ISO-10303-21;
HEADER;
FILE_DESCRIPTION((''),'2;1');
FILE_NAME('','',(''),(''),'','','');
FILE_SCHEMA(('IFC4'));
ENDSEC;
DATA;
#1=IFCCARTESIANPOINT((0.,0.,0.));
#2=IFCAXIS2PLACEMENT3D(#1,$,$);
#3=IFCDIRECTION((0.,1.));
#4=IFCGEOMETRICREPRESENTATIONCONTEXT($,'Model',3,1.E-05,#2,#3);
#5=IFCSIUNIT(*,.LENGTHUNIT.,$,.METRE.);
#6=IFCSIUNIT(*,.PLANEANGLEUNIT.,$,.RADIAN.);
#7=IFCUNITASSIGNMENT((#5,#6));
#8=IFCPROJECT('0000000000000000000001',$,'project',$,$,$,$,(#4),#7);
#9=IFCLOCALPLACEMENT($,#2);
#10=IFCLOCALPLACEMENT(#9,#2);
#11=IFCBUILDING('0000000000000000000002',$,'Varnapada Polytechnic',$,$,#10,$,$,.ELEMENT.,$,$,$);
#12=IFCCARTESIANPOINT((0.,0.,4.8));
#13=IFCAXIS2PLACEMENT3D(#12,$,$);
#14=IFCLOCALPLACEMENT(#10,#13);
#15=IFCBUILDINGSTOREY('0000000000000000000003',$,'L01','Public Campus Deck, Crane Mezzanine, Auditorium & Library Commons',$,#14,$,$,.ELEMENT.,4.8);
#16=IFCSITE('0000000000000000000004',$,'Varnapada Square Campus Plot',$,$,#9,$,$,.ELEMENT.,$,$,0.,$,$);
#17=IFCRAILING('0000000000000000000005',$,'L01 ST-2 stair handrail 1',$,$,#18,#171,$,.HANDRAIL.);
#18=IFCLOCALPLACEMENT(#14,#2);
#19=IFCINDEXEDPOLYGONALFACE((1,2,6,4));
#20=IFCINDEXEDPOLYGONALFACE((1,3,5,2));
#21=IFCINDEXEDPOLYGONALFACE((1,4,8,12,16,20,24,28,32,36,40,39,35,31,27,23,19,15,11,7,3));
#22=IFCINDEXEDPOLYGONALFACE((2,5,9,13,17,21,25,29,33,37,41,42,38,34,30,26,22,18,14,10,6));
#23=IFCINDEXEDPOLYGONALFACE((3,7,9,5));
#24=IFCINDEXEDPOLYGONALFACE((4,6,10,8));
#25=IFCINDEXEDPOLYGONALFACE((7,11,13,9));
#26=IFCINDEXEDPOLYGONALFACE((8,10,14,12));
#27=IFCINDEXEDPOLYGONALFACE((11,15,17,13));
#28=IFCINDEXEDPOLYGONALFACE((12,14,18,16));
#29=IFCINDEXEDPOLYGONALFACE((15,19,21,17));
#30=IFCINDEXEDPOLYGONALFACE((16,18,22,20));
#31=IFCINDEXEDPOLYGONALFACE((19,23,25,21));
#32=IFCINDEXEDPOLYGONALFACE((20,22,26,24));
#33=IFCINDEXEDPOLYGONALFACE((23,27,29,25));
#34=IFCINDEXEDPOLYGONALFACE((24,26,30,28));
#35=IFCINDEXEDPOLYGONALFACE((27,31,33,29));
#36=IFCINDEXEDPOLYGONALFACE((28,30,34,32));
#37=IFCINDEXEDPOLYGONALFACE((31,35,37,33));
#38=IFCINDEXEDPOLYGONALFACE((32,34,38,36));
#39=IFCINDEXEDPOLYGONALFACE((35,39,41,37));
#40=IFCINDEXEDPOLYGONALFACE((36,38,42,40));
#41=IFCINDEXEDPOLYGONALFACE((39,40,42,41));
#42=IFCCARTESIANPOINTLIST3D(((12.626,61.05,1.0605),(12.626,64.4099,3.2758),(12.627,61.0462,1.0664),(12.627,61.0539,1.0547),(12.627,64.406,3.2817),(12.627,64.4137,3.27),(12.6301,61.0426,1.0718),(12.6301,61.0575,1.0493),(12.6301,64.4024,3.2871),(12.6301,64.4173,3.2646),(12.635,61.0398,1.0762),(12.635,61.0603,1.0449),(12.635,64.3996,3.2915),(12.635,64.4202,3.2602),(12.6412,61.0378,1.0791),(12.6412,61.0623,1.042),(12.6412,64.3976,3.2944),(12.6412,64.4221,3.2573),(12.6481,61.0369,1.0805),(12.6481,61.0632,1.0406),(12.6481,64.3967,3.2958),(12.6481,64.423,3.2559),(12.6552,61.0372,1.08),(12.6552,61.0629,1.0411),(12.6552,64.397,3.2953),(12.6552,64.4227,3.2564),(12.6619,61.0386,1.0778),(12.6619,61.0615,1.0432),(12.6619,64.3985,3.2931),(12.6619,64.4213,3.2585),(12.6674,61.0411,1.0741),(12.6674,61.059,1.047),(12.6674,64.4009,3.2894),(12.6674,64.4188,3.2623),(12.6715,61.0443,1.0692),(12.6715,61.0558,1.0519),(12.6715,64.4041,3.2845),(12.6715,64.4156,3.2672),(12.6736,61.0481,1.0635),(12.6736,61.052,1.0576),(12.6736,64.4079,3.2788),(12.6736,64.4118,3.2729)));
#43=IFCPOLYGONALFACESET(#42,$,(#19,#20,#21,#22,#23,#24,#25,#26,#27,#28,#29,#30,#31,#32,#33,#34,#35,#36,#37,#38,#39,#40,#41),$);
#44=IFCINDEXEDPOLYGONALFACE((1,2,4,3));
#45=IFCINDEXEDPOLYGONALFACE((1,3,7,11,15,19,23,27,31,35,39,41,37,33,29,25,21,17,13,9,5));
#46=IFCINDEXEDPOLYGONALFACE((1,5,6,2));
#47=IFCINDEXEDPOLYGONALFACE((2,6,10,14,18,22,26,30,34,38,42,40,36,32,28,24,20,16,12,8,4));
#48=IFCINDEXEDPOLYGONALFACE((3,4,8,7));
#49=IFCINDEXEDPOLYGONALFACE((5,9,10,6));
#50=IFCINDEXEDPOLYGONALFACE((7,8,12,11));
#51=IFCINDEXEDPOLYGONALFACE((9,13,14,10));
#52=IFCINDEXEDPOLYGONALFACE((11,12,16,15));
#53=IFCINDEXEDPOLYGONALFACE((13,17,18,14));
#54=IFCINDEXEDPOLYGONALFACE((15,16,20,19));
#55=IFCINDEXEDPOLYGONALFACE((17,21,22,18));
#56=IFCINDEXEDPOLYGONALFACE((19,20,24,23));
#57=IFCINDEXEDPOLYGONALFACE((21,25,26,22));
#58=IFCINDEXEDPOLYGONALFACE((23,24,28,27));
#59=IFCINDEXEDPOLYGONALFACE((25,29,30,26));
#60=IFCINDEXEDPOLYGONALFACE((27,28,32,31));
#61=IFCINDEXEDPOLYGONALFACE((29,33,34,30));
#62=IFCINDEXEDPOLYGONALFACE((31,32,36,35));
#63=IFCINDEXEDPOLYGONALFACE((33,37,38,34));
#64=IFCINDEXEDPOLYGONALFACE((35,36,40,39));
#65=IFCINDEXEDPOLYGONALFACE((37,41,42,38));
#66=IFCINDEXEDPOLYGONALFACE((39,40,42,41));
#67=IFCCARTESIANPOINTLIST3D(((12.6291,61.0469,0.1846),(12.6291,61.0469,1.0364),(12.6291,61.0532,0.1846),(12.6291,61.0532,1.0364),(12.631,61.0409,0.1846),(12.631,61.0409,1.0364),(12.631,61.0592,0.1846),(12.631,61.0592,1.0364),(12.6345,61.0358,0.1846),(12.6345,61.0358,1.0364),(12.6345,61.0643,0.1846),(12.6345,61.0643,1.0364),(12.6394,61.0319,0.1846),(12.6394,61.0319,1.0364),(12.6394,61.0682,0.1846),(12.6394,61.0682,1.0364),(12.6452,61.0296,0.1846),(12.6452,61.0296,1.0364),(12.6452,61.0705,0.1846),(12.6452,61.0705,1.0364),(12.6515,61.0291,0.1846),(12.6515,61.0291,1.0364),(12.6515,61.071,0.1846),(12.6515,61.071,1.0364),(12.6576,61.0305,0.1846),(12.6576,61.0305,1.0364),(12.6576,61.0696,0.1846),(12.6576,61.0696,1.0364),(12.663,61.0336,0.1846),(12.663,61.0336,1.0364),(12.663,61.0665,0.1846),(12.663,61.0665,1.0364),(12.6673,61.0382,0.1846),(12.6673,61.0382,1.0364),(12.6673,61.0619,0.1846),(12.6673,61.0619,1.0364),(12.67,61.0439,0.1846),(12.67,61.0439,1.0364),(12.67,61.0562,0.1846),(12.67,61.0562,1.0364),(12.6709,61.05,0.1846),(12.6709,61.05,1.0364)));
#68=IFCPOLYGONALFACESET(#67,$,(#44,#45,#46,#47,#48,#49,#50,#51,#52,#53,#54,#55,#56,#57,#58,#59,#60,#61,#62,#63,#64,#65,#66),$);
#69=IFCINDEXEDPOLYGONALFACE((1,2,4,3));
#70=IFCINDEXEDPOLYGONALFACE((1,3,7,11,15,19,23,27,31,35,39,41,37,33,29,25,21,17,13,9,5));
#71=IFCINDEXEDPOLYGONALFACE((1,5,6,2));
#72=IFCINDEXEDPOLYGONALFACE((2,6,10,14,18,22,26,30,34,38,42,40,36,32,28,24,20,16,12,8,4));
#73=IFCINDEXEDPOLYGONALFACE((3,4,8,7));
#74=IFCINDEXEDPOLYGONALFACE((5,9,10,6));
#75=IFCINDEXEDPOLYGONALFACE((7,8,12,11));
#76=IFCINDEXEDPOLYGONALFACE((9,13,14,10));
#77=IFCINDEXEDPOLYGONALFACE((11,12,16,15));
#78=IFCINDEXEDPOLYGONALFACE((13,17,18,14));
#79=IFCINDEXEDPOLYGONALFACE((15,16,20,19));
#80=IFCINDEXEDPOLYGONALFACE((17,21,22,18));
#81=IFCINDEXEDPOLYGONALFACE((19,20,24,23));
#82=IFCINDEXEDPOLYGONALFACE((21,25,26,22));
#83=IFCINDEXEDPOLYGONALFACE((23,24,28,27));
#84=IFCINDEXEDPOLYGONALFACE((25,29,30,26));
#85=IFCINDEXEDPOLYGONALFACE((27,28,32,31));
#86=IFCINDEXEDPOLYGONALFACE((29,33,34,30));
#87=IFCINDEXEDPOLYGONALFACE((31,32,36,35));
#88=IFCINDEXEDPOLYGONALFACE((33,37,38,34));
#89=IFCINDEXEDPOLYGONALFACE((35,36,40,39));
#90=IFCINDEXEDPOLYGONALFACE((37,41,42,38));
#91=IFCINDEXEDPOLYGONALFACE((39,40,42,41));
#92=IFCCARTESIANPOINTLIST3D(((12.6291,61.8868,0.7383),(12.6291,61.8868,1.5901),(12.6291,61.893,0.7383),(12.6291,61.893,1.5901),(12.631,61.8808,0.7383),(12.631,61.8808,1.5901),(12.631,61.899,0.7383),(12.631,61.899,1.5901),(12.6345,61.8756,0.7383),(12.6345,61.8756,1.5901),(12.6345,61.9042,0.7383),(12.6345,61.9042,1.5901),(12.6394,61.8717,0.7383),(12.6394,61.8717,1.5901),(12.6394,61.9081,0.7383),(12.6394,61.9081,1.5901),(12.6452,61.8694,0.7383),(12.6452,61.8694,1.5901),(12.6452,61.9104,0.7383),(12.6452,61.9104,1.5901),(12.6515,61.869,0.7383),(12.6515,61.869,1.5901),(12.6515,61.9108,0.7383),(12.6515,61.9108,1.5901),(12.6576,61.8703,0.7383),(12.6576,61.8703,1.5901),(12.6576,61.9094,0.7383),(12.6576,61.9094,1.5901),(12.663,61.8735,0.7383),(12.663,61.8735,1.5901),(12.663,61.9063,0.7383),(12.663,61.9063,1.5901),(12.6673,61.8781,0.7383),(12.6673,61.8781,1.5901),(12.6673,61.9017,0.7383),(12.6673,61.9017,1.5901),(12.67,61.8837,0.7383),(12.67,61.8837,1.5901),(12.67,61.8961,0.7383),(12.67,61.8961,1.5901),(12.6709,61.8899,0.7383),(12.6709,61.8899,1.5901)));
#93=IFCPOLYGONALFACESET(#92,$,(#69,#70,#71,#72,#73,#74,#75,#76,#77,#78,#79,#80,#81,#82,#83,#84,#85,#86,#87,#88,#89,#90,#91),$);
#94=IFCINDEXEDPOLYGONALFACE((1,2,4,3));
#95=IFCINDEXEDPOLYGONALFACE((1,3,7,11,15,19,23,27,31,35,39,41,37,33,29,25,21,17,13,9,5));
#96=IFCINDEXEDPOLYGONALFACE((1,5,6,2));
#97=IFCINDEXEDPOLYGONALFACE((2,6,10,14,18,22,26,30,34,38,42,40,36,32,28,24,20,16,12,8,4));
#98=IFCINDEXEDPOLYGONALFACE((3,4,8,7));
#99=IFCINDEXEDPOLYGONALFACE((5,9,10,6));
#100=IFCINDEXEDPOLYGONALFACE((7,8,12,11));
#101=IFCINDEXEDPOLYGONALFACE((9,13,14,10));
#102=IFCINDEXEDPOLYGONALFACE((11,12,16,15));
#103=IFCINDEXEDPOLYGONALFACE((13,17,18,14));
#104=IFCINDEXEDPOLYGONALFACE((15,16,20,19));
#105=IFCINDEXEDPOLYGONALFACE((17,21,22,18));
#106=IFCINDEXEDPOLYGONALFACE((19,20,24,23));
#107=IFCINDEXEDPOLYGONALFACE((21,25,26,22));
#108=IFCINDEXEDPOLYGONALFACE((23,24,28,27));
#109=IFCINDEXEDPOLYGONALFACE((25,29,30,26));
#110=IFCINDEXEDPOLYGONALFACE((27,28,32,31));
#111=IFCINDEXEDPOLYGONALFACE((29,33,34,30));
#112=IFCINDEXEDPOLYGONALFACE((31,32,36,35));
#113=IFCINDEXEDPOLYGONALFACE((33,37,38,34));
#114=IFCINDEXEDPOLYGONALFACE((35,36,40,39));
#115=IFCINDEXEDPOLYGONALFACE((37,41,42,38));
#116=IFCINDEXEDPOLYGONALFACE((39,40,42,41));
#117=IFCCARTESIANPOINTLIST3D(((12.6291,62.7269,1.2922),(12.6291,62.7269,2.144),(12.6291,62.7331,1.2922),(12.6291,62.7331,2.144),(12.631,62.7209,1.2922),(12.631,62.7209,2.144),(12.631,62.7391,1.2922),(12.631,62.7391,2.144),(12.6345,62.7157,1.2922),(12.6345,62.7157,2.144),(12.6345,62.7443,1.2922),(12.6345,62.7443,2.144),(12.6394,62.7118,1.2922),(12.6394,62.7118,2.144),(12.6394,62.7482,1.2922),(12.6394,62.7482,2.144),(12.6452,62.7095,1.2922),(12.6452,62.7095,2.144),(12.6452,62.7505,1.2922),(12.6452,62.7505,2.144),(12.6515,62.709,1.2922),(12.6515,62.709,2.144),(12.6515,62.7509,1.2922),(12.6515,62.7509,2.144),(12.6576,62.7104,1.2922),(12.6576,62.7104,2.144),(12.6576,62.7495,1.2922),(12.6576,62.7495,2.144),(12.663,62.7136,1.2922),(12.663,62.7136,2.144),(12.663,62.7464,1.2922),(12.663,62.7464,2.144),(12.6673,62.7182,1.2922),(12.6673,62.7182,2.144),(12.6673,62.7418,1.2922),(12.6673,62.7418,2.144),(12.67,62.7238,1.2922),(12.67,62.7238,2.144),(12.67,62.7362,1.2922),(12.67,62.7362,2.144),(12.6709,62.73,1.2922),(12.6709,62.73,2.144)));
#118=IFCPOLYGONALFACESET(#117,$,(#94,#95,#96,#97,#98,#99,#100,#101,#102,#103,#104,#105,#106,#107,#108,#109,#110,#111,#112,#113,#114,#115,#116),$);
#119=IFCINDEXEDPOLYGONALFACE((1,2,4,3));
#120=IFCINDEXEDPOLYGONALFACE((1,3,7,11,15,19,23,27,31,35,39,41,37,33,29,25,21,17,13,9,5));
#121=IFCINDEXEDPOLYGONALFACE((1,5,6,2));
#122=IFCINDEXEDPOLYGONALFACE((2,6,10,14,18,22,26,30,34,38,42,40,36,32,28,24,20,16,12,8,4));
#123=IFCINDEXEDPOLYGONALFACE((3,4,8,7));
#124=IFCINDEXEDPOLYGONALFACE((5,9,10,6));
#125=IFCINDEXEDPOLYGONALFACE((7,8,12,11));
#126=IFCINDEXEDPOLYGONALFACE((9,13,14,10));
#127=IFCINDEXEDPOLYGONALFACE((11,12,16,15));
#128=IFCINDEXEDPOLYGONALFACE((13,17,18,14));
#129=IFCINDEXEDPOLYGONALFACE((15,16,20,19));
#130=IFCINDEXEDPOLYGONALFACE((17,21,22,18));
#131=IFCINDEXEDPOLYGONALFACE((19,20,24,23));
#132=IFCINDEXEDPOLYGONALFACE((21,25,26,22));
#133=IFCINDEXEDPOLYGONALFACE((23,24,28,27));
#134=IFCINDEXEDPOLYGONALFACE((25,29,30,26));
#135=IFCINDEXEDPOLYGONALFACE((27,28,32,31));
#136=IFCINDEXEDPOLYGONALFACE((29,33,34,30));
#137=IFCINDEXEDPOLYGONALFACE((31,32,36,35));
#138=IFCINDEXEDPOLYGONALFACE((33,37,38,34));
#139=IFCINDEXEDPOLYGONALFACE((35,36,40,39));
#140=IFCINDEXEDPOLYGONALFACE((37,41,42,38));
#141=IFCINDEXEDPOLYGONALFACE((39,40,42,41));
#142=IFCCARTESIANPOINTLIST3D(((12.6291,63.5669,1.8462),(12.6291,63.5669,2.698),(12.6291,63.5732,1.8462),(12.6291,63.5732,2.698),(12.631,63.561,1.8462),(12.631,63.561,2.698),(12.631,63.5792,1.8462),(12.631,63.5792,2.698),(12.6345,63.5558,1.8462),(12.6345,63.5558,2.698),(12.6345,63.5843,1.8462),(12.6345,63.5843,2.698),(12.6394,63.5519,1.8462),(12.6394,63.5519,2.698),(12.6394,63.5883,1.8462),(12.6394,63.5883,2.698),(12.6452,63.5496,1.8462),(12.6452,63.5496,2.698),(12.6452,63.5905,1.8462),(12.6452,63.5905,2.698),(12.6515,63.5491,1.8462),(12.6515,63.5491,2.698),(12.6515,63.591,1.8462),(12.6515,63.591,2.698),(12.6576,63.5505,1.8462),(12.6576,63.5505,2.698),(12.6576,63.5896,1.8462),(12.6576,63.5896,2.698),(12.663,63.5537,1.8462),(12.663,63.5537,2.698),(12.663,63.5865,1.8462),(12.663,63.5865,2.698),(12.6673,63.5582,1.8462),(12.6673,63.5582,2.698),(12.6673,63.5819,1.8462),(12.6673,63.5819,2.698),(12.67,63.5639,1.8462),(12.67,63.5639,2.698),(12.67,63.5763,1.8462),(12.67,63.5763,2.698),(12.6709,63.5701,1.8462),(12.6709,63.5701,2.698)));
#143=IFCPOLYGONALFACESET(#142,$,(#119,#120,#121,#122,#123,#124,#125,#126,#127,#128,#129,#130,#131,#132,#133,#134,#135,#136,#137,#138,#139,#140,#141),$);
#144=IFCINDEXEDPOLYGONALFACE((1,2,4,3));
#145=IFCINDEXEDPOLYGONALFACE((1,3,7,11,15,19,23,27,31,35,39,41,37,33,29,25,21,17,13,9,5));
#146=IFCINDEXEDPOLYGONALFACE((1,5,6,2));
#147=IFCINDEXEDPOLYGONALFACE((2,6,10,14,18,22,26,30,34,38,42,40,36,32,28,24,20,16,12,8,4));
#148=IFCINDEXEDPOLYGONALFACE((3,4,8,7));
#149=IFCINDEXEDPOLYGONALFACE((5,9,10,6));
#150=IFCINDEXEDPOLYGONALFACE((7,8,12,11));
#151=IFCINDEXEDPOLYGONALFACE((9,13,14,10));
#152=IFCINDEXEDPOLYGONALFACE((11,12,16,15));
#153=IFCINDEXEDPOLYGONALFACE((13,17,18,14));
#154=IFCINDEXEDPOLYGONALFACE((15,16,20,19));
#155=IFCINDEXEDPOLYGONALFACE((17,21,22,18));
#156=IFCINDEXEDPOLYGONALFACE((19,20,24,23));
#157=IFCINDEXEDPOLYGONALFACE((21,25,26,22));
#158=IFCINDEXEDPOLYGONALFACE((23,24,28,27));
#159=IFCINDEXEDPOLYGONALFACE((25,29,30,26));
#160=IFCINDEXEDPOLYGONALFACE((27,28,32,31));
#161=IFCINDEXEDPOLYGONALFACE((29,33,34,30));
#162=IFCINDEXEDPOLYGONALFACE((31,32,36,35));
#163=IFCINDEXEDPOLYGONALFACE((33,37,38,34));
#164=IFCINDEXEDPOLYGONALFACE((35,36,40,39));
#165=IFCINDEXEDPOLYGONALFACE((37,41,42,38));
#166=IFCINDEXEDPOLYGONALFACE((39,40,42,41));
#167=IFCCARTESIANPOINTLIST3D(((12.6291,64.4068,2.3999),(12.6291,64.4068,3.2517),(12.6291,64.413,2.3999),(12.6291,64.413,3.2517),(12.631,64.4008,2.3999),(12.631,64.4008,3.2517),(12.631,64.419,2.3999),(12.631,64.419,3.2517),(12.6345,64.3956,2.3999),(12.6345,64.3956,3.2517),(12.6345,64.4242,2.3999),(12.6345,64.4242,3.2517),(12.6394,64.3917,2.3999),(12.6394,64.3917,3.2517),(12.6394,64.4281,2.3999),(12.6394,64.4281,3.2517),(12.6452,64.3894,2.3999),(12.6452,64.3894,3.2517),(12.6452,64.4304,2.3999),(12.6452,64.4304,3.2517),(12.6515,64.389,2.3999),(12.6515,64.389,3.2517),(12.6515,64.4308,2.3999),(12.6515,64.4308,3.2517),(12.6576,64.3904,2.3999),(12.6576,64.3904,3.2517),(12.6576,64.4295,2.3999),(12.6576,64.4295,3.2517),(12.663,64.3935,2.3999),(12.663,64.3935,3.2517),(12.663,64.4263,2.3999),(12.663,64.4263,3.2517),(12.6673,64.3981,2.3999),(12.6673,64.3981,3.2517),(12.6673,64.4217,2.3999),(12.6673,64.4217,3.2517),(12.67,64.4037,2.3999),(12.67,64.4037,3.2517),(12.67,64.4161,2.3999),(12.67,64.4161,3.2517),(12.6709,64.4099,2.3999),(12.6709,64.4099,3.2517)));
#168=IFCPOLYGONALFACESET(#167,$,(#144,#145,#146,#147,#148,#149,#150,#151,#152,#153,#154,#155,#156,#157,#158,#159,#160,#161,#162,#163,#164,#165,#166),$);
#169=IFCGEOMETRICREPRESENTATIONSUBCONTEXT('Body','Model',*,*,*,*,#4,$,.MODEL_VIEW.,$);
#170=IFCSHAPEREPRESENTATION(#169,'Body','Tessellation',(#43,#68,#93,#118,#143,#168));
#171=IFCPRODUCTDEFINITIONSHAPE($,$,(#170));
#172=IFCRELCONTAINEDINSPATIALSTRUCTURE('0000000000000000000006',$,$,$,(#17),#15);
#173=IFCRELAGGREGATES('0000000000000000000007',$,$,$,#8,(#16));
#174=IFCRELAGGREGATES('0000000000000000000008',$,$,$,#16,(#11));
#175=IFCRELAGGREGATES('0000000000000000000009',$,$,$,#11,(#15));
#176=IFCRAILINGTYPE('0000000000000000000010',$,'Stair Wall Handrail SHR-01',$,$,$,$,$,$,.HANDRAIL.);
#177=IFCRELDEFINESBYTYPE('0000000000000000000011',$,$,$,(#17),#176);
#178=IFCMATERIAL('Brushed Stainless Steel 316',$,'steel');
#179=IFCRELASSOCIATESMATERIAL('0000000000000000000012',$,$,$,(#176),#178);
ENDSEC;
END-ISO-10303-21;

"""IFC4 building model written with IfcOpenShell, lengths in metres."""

from ifc_helpers import new_model, si_unit, direction, frame, origin, origin_2d, place, context, subcontext, project, spatial, circle, extrude, material, type_object, element, save


model = new_model("IFC4")

# Units and contexts
model_context = context("Model", 3, precision=1e-05, world=origin(), true_north=direction((0.0, 1.0)))
body_context = subcontext(model_context, "Body", "Model", "MODEL_VIEW")
ifc_project = project(units=[si_unit("LENGTHUNIT", "METRE"), si_unit("PLANEANGLEUNIT", "RADIAN")], contexts=[model_context])

# Site, building, storey
site_placement = place(None, origin())
site = spatial("IfcSite", under=ifc_project, at=site_placement, Name="Varnapada Square Campus Plot", CompositionType="ELEMENT", RefElevation=0.0)
building_placement = place(site_placement, origin())
building = spatial("IfcBuilding", under=site, at=building_placement, Name="Varnapada Polytechnic", CompositionType="ELEMENT")
storey_placement = place(building_placement, frame((0.0, 0.0, 4.8)))
storey = spatial("IfcBuildingStorey", under=building, at=storey_placement, Name="L01", Description="Public Campus Deck, Crane Mezzanine, Auditorium & Library Commons", CompositionType="ELEMENT", Elevation=4.8)

# Shared definitions
ifc_material_1 = material(Name="Brushed Stainless Steel 316", Category="steel")

# Railing
railing_type_1 = type_object("IfcRailingType", Name="Stair Wall Handrail SHR-01", PredefinedType="HANDRAIL", material=ifc_material_1)
railing_1_placement = place(storey_placement, frame((12.6499, 61.05, 0.1846)))
element("IfcRailing", 1, at=railing_1_placement, inside=storey, type_object=railing_type_1, Name="L01 ST-2 stair handrail 1", PredefinedType="HANDRAIL", context=body_context, shape_type="SweptSolid", body=[
    extrude(circle(Radius=0.0239, at=origin_2d()), frame((0.0, 0.0, 0.876), z_axis=(0.0, 0.834858, 0.550465), x_axis=(-1.0, 0.0, 0.0)), (0.0, 0.0, 1.0), 4.0244),
    extrude(circle(Radius=0.021, at=origin_2d()), origin(), (0.0, 0.0, 1.0), 0.8518),
    extrude(circle(Radius=0.021, at=origin_2d()), frame((0.0, 0.8398, 0.5537)), (0.0, 0.0, 1.0), 0.8518),
    extrude(circle(Radius=0.021, at=origin_2d()), frame((0.0, 1.6799, 1.1077)), (0.0, 0.0, 1.0), 0.8518),
    extrude(circle(Radius=0.021, at=origin_2d()), frame((0.0, 2.52, 1.6616)), (0.0, 0.0, 1.0), 0.8518),
    extrude(circle(Radius=0.021, at=origin_2d()), frame((0.0, 3.3599, 2.2153)), (0.0, 0.0, 1.0), 0.8518),
])

save(model, "model.ifc")
